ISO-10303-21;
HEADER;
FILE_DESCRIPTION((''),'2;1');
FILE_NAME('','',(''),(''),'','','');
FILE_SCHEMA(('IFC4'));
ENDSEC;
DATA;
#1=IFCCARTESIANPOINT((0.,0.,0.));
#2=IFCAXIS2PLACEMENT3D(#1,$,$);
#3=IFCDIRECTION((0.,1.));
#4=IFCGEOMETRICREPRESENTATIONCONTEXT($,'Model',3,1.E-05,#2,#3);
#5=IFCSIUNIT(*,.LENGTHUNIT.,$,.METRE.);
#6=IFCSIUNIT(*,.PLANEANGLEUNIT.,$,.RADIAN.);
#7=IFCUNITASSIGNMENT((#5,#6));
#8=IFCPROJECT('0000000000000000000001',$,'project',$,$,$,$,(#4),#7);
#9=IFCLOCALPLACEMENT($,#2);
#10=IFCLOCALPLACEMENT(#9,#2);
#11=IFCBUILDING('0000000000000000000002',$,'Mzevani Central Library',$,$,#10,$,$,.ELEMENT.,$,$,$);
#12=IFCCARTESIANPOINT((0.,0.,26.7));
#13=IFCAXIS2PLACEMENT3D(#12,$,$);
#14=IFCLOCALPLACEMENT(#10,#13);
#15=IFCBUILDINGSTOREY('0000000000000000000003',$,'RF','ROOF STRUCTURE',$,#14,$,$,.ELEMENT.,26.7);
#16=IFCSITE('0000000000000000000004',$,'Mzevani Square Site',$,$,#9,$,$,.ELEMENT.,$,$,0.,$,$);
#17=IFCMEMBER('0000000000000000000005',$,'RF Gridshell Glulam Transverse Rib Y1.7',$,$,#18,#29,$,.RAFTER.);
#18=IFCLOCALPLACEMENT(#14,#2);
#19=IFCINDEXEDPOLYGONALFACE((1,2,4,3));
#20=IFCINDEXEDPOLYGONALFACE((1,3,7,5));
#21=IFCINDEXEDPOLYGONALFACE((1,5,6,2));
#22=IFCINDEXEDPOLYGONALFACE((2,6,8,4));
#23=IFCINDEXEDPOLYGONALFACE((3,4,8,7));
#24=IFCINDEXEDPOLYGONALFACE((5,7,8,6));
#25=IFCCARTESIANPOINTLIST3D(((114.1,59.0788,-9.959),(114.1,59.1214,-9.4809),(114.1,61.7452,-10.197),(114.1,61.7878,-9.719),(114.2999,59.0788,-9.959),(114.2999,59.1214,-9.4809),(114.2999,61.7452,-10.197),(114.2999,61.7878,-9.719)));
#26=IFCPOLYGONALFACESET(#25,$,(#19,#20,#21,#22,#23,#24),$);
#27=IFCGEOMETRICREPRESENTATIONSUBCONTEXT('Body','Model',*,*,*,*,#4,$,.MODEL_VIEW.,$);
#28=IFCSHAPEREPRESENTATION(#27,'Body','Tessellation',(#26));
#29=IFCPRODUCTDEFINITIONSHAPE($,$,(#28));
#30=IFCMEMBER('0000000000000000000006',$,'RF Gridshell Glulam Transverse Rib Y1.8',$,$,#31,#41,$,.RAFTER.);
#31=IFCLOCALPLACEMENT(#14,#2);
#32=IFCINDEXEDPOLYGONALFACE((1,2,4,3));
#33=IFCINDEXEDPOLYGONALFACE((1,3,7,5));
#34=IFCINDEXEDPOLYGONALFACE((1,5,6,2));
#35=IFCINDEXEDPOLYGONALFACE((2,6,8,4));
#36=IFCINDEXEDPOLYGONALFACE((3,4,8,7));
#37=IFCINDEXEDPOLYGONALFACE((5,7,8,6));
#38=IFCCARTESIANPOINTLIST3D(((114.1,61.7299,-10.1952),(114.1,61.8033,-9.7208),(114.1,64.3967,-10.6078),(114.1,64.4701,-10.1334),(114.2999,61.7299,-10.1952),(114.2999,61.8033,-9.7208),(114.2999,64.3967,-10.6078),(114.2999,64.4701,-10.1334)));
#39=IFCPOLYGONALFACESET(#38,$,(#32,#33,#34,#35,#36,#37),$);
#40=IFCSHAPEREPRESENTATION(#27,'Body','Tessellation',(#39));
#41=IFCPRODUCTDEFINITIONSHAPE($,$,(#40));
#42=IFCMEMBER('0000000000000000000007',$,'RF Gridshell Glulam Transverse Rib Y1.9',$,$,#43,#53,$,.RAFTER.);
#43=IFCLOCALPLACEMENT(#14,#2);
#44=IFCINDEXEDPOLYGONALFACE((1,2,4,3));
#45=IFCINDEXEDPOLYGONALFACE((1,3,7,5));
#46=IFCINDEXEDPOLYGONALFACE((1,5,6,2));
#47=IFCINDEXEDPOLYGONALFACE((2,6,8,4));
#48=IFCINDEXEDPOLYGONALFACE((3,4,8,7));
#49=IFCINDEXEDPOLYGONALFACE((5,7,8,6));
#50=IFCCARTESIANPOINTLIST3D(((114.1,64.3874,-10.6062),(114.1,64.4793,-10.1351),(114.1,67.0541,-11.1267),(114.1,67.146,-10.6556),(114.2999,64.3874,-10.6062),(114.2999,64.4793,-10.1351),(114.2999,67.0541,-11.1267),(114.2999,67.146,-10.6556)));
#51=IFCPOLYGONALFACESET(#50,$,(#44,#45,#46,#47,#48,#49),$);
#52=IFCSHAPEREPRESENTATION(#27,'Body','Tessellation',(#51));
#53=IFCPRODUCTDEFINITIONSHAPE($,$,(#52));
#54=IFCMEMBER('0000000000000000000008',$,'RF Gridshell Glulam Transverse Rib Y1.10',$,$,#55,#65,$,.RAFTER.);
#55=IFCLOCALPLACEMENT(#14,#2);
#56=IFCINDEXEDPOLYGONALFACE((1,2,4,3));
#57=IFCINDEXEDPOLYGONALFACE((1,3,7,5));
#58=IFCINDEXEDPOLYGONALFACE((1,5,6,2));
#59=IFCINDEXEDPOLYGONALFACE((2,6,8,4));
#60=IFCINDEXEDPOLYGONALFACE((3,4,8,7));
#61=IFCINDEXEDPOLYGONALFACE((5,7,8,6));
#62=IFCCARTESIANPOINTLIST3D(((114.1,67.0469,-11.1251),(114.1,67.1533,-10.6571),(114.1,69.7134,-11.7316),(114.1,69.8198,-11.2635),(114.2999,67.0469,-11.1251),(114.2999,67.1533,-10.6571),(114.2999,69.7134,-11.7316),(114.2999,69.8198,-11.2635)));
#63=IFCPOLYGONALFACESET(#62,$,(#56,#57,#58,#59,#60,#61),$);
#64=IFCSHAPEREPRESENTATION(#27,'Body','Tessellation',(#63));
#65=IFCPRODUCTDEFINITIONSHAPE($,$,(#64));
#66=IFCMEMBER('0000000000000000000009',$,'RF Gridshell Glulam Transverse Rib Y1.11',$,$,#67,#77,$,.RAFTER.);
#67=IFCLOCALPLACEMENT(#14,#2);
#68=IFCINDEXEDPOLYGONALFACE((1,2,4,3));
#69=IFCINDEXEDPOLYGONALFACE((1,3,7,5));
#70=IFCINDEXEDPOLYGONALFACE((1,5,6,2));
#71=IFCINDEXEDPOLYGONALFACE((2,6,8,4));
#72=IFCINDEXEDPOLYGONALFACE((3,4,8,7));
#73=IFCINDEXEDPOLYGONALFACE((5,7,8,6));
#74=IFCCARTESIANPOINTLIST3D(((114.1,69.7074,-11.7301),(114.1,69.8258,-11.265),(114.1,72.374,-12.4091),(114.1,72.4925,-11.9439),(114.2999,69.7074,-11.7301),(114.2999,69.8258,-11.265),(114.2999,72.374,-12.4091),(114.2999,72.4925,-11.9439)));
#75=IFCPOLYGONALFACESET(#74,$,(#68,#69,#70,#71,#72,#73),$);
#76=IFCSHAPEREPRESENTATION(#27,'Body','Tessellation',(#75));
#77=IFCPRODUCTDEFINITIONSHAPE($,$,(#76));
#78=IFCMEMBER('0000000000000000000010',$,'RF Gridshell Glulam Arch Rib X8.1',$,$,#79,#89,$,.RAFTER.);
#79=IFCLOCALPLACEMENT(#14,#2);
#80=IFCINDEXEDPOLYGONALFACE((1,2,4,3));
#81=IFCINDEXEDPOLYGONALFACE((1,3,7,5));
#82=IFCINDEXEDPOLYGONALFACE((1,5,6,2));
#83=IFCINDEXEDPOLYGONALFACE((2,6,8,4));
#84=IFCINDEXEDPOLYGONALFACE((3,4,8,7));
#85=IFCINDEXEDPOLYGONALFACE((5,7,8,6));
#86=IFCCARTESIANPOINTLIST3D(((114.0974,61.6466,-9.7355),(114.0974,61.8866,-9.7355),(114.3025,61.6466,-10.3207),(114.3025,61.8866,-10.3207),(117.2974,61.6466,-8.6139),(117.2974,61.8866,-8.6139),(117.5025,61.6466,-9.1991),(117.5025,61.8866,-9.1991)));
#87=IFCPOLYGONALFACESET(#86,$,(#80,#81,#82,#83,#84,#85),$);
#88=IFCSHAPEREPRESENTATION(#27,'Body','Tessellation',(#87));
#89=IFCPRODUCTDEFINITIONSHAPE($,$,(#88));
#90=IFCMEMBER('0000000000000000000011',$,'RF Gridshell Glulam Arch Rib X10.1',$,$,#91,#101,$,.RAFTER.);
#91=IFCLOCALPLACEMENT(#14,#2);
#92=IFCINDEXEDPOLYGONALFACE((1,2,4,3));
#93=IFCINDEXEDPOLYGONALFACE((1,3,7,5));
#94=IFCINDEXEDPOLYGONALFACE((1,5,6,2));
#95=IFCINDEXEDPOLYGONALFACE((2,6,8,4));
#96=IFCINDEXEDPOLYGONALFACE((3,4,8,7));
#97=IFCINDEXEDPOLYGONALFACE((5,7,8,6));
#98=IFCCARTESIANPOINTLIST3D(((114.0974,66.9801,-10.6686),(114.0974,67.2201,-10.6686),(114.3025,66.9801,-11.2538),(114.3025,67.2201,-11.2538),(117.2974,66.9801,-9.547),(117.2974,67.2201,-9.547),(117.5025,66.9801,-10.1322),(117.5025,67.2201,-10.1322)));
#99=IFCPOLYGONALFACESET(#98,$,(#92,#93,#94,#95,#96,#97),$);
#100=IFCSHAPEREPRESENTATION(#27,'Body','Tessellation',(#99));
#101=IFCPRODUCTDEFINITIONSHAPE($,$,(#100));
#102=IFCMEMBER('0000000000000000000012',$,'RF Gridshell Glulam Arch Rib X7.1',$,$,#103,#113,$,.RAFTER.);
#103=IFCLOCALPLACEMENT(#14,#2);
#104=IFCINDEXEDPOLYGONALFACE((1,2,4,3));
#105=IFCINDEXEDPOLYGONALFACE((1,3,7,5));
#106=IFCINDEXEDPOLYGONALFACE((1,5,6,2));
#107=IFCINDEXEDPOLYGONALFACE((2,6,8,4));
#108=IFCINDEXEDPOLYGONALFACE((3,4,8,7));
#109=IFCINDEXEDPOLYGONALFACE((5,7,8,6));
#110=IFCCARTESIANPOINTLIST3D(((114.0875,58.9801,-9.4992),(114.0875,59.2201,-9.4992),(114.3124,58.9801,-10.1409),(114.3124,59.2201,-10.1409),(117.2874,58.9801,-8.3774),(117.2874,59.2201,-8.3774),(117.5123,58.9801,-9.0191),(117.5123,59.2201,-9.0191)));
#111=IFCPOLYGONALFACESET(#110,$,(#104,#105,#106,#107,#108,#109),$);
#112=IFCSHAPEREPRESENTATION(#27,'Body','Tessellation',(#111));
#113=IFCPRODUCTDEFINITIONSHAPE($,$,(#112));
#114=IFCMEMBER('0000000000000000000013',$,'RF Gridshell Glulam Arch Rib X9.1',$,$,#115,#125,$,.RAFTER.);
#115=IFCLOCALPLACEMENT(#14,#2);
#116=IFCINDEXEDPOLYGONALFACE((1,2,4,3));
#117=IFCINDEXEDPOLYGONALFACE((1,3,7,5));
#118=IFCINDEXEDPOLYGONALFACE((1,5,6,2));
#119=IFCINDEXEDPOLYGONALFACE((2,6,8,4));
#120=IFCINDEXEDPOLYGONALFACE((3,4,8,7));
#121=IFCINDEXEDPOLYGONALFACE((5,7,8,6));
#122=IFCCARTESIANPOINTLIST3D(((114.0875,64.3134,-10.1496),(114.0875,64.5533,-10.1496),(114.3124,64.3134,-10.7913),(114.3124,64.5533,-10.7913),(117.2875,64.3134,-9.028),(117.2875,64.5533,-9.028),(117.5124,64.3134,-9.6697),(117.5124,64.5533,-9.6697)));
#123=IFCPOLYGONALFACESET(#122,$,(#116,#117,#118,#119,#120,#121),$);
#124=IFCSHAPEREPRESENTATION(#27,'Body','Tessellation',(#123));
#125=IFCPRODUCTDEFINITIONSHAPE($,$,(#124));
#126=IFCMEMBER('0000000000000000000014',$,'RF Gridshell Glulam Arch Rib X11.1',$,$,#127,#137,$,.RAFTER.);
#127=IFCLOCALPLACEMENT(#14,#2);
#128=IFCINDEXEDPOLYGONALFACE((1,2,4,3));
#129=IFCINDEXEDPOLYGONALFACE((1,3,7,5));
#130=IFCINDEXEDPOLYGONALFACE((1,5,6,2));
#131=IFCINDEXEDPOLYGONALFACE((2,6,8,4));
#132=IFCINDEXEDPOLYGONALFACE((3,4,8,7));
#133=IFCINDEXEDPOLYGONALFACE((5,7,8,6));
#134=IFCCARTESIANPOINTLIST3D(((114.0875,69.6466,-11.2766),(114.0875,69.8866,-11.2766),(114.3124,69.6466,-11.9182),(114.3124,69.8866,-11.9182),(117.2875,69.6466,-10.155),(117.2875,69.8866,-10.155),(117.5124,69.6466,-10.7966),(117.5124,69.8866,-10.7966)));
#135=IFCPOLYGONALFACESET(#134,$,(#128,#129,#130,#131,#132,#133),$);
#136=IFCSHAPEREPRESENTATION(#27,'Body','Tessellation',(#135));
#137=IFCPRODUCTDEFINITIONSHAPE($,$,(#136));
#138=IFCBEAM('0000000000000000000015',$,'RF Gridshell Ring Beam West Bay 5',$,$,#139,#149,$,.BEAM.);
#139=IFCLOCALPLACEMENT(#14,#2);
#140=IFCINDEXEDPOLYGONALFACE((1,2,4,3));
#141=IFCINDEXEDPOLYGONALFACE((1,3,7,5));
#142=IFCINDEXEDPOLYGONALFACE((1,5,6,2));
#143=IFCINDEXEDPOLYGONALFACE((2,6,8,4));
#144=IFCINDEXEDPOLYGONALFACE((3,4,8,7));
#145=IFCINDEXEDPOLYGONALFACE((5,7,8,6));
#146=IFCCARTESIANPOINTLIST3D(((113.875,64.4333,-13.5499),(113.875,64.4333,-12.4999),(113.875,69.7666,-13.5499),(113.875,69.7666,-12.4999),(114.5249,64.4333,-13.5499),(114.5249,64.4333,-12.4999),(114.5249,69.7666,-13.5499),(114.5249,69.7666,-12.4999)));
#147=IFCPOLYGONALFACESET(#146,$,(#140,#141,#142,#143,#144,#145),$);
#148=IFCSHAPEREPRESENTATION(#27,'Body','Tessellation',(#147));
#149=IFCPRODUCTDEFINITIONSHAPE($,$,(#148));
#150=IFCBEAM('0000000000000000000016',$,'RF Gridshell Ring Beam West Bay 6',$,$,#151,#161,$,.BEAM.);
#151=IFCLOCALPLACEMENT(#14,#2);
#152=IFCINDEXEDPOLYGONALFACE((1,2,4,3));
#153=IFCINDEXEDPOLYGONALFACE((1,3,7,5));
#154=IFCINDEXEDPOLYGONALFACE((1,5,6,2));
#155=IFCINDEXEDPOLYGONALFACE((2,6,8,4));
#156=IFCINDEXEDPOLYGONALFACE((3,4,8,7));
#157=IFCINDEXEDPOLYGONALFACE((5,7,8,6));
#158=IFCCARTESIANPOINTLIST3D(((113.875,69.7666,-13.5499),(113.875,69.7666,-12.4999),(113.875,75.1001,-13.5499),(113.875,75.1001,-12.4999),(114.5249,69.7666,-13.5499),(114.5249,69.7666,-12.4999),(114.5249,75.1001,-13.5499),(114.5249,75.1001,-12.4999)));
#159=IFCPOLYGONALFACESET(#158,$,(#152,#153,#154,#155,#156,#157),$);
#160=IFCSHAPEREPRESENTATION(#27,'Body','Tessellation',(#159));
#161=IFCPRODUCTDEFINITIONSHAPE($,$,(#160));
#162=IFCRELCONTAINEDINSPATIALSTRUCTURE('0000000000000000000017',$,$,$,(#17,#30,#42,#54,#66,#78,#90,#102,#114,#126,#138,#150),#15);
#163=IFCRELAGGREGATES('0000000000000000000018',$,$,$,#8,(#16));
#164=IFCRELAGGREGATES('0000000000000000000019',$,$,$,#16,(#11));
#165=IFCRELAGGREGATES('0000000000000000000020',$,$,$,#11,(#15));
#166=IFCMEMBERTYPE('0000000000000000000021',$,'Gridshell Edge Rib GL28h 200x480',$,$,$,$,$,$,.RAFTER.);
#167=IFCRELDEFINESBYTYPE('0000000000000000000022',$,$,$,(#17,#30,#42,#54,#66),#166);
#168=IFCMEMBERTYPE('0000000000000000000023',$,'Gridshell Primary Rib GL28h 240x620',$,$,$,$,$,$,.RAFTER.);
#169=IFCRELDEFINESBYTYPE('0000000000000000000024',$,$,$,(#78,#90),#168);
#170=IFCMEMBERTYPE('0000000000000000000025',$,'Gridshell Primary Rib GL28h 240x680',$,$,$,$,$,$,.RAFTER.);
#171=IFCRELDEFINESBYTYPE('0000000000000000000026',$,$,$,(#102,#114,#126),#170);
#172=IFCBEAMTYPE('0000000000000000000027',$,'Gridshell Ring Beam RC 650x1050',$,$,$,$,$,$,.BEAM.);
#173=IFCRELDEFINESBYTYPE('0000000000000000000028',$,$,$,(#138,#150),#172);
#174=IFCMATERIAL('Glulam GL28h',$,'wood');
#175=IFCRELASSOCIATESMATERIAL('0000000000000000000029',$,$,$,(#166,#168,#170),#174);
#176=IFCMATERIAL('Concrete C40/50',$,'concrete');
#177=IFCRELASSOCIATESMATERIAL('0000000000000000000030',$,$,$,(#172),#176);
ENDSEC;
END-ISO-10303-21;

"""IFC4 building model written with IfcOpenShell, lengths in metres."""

from ifc_helpers import new_model, si_unit, direction, frame, origin, origin_2d, place, context, subcontext, project, spatial, rectangle, extrude, material, material_profile, profile_set, type_object, element, save


model = new_model("IFC4")

# Units and contexts
model_context = context("Model", 3, precision=1e-05, world=origin(), true_north=direction((0.0, 1.0)))
body_context = subcontext(model_context, "Body", "Model", "MODEL_VIEW")
ifc_project = project(units=[si_unit("LENGTHUNIT", "METRE"), si_unit("PLANEANGLEUNIT", "RADIAN")], contexts=[model_context])

# Site, building, storey
site_placement = place(None, origin())
site = spatial("IfcSite", under=ifc_project, at=site_placement, Name="Mzevani Square Site", CompositionType="ELEMENT", RefElevation=0.0)
building_placement = place(site_placement, origin())
building = spatial("IfcBuilding", under=site, at=building_placement, Name="Mzevani Central Library", CompositionType="ELEMENT")
storey_placement = place(building_placement, frame((0.0, 0.0, 26.7)))
storey = spatial("IfcBuildingStorey", under=building, at=storey_placement, Name="RF", Description="ROOF STRUCTURE", CompositionType="ELEMENT", Elevation=26.7)

# Members
ifc_material_1 = material(Name="Glulam GL28h", Category="wood")
ifc_material_profile_1 = material_profile(ifc_material_1, rectangle(XDim=0.2, YDim=0.48, at=origin_2d()), Name="GL28h 200x480")
ifc_profile_set_1 = profile_set([ifc_material_profile_1], Name="Glulam GL28h")
member_type_1 = type_object("IfcMemberType", Name="Gridshell Edge Rib GL28h 200x480", PredefinedType="RAFTER", material=ifc_profile_set_1)
member_1_placement = place(storey_placement, frame((114.2, 59.1001, -9.72), z_axis=(0.0, 0.996039, -0.088916), x_axis=(-1.0, 0.0, 0.0)))
element("IfcMember", 1, at=member_1_placement, inside=storey, type_object=member_type_1, Name="RF Gridshell Glulam Transverse Rib Y1.7", PredefinedType="RAFTER", context=body_context, shape_type="SweptSolid", body=[
    extrude(rectangle(XDim=0.2, YDim=0.48, at=origin_2d()), origin(), (0.0, 0.0, 1.0), 2.677),
])
member_2_placement = place(storey_placement, frame((114.2, 61.7666, -9.958), z_axis=(0.0, 0.988242, -0.1529), x_axis=(-1.0, 0.0, 0.0)))
element("IfcMember", 2, at=member_2_placement, inside=storey, type_object=member_type_1, Name="RF Gridshell Glulam Transverse Rib Y1.8", PredefinedType="RAFTER", context=body_context, shape_type="SweptSolid", body=[
    extrude(rectangle(XDim=0.2, YDim=0.48, at=origin_2d()), origin(), (0.0, 0.0, 1.0), 2.6985),
])
member_3_placement = place(storey_placement, frame((114.2, 64.4333, -10.3706), z_axis=(0.0, 0.981479, -0.191569), x_axis=(-1.0, 0.0, 0.0)))
element("IfcMember", 3, at=member_3_placement, inside=storey, type_object=member_type_1, Name="RF Gridshell Glulam Transverse Rib Y1.9", PredefinedType="RAFTER", context=body_context, shape_type="SweptSolid", body=[
    extrude(rectangle(XDim=0.2, YDim=0.48, at=origin_2d()), origin(), (0.0, 0.0, 1.0), 2.717),
])
member_4_placement = place(storey_placement, frame((114.2, 67.1001, -10.8911), z_axis=(0.0, 0.9751, -0.221768), x_axis=(-1.0, 0.0, 0.0)))
element("IfcMember", 4, at=member_4_placement, inside=storey, type_object=member_type_1, Name="RF Gridshell Glulam Transverse Rib Y1.10", PredefinedType="RAFTER", context=body_context, shape_type="SweptSolid", body=[
    extrude(rectangle(XDim=0.2, YDim=0.48, at=origin_2d()), origin(), (0.0, 0.0, 1.0), 2.7346),
])
member_5_placement = place(storey_placement, frame((114.2, 69.7666, -11.4976), z_axis=(0.0, 0.969084, -0.246729), x_axis=(-1.0, 0.0, 0.0)))
element("IfcMember", 5, at=member_5_placement, inside=storey, type_object=member_type_1, Name="RF Gridshell Glulam Transverse Rib Y1.11", PredefinedType="RAFTER", context=body_context, shape_type="SweptSolid", body=[
    extrude(rectangle(XDim=0.2, YDim=0.48, at=origin_2d()), origin(), (0.0, 0.0, 1.0), 2.7517),
])
ifc_material_profile_2 = material_profile(ifc_material_1, rectangle(XDim=0.24, YDim=0.6201, at=origin_2d()), Name="GL28h 240x620")
ifc_profile_set_2 = profile_set([ifc_material_profile_2], Name="Glulam GL28h")
member_type_2 = type_object("IfcMemberType", Name="Gridshell Primary Rib GL28h 240x620", PredefinedType="RAFTER", material=ifc_profile_set_2)
for number, where, z_axis, x_axis, name in (
    (6, (114.2, 61.7666, -10.0281), (0.943711, 0.0, 0.330771), (0.0, 1.0, 0.0), "RF Gridshell Glulam Arch Rib X8.1"),
    (7, (114.2, 67.1001, -10.9612), (0.943711, 0.0, 0.330771), (0.0, 1.0, 0.0), "RF Gridshell Glulam Arch Rib X10.1"),
):
    element("IfcMember", number, at=place(storey_placement, frame(where, z_axis=z_axis, x_axis=x_axis)), inside=storey, type_object=member_type_2, Name=name, PredefinedType="RAFTER", context=body_context, shape_type="SweptSolid", body=[
        extrude(rectangle(XDim=0.24, YDim=0.6201, at=origin_2d()), origin(), (0.0, 0.0, 1.0), 3.3909),
    ])
ifc_material_profile_3 = material_profile(ifc_material_1, rectangle(XDim=0.24, YDim=0.6799, at=origin_2d()), Name="GL28h 240x680")
ifc_profile_set_3 = profile_set([ifc_material_profile_3], Name="Glulam GL28h")
member_type_3 = type_object("IfcMemberType", Name="Gridshell Primary Rib GL28h 240x680", PredefinedType="RAFTER", material=ifc_profile_set_3)
for number, where, z_axis, x_axis, name in (
    (8, (114.2, 59.1001, -9.8201), (0.943689, 0.0, 0.330835), (0.0, 1.0, 0.0), "RF Gridshell Glulam Arch Rib X7.1"),
    (9, (114.2, 64.4333, -10.4705), (0.943711, 0.0, 0.330771), (0.0, 1.0, 0.0), "RF Gridshell Glulam Arch Rib X9.1"),
    (10, (114.2, 69.7666, -11.5974), (0.943711, 0.0, 0.330771), (0.0, 1.0, 0.0), "RF Gridshell Glulam Arch Rib X11.1"),
):
    element("IfcMember", number, at=place(storey_placement, frame(where, z_axis=z_axis, x_axis=x_axis)), inside=storey, type_object=member_type_3, Name=name, PredefinedType="RAFTER", context=body_context, shape_type="SweptSolid", body=[
        extrude(rectangle(XDim=0.24, YDim=0.6799, at=origin_2d()), origin(), (0.0, 0.0, 1.0), 3.3909),
    ])

# Beams
ifc_material_2 = material(Name="Concrete C40/50", Category="concrete")
ifc_material_profile_4 = material_profile(ifc_material_2, rectangle(XDim=0.6499, YDim=1.05, at=origin_2d()), Name="RC RB650x1050")
ifc_profile_set_4 = profile_set([ifc_material_profile_4], Name="Concrete C40/50")
beam_type = type_object("IfcBeamType", Name="Gridshell Ring Beam RC 650x1050", PredefinedType="BEAM", material=ifc_profile_set_4)
beam_1_placement = place(storey_placement, frame((114.2, 64.4333, -13.0249), z_axis=(0.0, 1.0, 0.0), x_axis=(-1.0, 0.0, 0.0)))
element("IfcBeam", 11, at=beam_1_placement, inside=storey, type_object=beam_type, Name="RF Gridshell Ring Beam West Bay 5", PredefinedType="BEAM", context=body_context, shape_type="SweptSolid", body=[
    extrude(rectangle(XDim=0.6499, YDim=1.05, at=origin_2d()), origin(), (0.0, 0.0, 1.0), 5.3333),
])
beam_2_placement = place(storey_placement, frame((114.2, 69.7666, -13.0249), z_axis=(0.0, 1.0, 0.0), x_axis=(-1.0, 0.0, 0.0)))
element("IfcBeam", 12, at=beam_2_placement, inside=storey, type_object=beam_type, Name="RF Gridshell Ring Beam West Bay 6", PredefinedType="BEAM", context=body_context, shape_type="SweptSolid", body=[
    extrude(rectangle(XDim=0.6499, YDim=1.05, at=origin_2d()), origin(), (0.0, 0.0, 1.0), 5.3335),
])

save(model, "model.ifc")
